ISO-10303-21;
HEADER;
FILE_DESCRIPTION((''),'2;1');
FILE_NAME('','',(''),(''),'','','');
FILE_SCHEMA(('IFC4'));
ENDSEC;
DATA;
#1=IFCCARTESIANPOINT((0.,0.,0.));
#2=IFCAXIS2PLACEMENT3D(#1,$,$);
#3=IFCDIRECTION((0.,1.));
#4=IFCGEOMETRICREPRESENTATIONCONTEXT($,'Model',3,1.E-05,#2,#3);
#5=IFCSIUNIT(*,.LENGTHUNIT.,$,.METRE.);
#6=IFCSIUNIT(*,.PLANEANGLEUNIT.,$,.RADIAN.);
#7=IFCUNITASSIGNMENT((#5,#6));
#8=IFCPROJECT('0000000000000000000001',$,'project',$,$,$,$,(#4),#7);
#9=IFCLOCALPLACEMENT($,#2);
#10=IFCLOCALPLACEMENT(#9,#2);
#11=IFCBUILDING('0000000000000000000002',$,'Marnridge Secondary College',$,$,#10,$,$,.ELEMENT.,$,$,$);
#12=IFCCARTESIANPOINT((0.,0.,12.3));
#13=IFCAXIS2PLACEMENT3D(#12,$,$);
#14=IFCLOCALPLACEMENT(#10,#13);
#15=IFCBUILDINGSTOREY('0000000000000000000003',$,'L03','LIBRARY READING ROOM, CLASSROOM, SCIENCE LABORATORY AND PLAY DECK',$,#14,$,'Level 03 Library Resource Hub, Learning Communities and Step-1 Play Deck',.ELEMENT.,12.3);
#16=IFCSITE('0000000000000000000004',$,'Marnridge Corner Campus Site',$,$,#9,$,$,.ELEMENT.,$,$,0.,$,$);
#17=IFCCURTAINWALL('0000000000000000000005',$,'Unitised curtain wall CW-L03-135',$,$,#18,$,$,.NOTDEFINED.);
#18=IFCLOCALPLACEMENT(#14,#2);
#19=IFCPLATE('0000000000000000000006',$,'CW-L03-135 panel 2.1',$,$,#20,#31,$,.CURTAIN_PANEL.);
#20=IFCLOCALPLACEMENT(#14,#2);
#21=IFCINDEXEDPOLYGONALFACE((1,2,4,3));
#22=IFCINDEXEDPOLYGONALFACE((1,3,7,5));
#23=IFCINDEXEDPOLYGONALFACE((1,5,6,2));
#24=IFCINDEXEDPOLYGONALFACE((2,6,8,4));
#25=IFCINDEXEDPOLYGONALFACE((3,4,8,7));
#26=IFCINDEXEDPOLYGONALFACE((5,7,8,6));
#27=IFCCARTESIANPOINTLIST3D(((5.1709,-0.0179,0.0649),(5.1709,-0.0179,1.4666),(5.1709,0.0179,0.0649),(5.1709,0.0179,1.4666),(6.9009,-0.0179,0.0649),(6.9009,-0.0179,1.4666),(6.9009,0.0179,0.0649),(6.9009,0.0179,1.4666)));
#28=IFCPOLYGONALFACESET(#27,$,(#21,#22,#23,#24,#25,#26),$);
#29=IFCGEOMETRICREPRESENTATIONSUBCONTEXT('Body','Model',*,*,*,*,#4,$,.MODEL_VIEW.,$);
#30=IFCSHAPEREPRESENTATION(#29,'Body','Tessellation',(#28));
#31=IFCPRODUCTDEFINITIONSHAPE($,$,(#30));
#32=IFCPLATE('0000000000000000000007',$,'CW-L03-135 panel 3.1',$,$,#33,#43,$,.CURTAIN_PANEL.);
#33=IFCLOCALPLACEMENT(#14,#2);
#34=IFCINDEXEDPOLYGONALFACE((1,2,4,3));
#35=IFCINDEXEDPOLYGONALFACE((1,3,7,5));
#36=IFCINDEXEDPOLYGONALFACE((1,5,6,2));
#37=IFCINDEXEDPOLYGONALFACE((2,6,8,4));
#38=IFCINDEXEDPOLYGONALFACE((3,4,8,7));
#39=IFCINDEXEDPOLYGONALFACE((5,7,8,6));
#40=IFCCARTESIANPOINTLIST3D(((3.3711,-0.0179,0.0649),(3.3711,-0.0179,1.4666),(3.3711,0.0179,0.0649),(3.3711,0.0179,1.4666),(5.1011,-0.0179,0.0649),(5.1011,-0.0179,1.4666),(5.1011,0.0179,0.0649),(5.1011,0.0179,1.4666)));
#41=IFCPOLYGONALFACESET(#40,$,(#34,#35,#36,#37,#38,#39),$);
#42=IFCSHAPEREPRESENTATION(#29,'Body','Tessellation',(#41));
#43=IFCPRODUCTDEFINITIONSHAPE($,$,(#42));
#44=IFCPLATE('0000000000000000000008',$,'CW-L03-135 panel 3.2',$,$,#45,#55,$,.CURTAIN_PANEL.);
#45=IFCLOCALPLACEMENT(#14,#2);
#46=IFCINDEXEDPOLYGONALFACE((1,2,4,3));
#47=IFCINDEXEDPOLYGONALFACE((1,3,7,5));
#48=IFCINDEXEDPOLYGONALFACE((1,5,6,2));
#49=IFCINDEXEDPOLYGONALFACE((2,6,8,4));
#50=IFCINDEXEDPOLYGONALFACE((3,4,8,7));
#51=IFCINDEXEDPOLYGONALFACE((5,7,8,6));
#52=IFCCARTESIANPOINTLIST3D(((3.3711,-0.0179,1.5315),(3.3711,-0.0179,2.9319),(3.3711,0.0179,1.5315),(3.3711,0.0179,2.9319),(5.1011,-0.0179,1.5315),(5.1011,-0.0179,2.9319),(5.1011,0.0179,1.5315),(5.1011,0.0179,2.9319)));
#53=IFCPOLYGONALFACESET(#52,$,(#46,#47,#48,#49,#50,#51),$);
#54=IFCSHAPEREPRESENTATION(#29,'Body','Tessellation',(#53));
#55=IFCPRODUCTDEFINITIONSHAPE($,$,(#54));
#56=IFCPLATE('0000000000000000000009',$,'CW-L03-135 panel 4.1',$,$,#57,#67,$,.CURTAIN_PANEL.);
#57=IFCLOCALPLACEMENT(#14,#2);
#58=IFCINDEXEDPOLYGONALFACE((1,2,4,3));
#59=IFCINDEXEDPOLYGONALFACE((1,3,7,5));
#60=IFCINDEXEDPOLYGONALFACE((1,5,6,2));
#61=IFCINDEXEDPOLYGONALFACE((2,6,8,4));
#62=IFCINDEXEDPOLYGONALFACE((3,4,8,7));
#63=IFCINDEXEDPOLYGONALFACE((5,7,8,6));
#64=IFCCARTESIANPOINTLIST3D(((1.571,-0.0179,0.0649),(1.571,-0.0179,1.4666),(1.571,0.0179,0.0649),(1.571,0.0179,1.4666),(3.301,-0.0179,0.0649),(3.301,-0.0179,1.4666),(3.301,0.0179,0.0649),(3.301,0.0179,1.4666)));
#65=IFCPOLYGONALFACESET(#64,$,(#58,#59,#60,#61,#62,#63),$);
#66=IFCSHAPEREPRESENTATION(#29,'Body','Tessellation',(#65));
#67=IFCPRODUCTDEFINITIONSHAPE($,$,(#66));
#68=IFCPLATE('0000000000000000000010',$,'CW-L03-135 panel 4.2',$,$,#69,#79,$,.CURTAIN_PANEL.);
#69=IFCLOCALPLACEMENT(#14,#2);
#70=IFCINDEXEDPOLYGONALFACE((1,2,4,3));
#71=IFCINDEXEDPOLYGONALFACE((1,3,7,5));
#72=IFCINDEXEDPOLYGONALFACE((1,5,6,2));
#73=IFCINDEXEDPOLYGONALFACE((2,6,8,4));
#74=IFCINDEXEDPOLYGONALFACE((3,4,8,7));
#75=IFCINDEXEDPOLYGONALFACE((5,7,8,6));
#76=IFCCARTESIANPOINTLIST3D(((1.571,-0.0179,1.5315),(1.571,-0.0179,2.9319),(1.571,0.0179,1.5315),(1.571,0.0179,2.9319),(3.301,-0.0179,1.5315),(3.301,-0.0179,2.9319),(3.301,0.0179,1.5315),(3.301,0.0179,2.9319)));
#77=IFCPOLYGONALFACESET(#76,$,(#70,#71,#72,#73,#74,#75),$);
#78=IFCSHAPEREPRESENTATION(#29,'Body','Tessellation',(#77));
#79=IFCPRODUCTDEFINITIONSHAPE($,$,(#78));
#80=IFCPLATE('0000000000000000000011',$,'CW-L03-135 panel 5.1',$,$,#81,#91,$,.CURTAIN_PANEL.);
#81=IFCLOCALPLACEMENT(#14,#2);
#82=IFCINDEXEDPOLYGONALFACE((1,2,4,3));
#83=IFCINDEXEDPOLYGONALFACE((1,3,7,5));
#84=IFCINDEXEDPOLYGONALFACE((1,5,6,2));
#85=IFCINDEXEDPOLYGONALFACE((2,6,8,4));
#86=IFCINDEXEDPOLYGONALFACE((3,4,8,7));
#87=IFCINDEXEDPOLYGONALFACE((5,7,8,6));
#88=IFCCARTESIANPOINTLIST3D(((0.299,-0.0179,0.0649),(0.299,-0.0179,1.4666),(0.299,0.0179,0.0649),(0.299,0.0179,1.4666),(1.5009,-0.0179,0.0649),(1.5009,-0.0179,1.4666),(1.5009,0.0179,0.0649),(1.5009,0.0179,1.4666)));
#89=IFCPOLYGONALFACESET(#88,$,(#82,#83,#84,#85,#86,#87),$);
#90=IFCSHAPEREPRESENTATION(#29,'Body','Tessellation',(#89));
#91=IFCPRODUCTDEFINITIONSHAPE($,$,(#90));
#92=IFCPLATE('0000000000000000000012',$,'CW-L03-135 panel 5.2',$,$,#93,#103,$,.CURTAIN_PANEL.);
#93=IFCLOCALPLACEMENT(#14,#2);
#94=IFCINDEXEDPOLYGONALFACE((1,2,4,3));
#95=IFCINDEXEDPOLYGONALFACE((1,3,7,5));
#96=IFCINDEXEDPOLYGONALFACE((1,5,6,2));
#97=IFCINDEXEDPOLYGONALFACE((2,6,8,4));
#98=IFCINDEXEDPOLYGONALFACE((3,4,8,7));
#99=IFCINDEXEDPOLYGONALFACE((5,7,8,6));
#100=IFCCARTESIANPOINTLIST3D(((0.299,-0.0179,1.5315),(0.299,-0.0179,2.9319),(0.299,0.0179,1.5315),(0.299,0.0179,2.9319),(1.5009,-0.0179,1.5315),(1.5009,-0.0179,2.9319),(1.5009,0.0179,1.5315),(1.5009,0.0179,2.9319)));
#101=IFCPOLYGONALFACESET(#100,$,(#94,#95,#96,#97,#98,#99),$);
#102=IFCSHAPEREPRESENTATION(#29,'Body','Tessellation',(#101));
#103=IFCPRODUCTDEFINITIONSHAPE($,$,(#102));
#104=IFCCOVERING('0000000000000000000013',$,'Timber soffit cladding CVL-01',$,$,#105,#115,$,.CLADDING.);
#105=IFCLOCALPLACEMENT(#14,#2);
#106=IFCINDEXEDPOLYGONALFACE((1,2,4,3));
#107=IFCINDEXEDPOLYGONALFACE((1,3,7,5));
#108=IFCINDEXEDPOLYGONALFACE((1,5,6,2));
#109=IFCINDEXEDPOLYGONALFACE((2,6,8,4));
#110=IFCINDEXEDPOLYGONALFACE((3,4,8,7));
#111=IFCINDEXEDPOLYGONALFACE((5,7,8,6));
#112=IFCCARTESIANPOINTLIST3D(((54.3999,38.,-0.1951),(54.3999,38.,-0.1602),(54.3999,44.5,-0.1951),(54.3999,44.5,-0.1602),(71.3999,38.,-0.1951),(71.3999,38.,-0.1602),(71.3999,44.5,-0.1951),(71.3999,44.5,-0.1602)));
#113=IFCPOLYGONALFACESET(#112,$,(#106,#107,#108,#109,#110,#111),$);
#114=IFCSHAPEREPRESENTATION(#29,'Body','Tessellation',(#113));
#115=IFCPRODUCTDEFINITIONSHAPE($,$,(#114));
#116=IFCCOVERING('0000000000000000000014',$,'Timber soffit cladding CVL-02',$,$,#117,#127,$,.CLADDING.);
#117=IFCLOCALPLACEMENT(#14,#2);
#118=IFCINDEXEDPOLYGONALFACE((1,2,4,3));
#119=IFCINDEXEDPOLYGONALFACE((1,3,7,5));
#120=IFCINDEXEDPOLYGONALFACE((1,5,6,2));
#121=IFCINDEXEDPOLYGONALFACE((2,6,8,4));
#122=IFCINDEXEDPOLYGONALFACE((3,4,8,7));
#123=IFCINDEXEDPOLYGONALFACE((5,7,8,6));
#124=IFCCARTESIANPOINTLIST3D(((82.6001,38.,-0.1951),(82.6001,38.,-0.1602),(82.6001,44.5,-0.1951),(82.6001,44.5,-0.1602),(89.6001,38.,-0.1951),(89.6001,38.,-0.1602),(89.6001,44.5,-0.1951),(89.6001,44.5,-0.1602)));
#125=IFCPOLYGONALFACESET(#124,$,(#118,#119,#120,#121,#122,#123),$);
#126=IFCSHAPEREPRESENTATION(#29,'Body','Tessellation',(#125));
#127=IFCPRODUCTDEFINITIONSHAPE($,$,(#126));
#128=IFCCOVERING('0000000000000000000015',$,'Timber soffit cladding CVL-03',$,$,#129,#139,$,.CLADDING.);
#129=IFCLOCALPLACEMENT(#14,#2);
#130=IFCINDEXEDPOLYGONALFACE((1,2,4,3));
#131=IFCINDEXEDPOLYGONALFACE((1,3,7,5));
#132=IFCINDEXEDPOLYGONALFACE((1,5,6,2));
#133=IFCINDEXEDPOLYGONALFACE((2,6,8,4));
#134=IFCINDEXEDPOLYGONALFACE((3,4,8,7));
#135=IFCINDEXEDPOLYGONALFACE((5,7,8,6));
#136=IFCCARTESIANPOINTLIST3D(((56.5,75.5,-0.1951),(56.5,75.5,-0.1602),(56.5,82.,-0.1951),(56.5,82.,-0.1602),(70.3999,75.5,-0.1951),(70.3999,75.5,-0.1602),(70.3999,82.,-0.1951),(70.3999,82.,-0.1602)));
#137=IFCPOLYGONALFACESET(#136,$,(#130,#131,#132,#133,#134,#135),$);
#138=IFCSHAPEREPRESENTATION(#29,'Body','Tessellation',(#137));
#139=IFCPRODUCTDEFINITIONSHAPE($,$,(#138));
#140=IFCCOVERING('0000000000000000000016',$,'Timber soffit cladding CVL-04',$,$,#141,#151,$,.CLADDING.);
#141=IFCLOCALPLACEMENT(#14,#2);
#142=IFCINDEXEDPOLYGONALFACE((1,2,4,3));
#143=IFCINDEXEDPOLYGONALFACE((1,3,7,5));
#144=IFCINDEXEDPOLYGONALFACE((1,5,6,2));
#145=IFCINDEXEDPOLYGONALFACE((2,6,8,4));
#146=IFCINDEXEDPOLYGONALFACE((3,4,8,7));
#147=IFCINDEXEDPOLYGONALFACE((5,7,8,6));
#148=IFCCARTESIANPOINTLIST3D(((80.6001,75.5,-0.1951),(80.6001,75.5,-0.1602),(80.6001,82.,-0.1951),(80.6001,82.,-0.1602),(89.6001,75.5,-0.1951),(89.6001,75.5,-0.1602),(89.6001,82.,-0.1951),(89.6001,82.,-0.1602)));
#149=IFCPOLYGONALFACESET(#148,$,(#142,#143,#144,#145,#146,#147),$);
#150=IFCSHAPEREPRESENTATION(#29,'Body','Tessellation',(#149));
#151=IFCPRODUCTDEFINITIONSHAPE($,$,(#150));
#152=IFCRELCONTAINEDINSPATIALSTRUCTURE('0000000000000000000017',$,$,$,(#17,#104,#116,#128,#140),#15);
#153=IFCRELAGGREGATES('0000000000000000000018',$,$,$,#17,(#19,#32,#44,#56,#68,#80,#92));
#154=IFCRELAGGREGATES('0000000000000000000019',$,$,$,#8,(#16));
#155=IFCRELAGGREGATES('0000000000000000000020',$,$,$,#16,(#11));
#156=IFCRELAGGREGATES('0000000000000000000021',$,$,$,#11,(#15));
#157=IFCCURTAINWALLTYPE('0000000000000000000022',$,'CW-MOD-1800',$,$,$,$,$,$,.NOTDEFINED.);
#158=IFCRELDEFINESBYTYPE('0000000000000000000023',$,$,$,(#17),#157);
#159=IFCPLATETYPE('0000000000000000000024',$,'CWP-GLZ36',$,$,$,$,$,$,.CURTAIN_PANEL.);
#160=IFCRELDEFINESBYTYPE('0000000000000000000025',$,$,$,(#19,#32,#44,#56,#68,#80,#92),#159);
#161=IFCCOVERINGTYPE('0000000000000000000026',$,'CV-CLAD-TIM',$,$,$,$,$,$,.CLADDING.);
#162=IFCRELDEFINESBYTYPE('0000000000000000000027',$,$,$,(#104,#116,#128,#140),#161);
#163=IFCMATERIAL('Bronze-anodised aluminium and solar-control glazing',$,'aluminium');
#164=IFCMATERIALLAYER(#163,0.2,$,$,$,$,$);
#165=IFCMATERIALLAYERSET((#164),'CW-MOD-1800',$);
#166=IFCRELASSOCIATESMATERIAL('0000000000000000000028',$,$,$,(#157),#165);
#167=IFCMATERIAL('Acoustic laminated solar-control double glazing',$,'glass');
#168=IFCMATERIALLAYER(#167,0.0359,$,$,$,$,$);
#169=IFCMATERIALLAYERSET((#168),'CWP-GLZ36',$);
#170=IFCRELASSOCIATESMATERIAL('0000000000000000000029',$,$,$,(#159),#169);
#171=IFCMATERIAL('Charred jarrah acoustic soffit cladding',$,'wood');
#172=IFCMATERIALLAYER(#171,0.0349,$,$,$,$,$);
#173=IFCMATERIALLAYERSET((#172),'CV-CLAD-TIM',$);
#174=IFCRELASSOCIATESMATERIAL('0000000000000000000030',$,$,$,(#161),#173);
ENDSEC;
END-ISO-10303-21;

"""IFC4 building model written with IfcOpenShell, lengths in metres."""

from ifc_helpers import new_model, si_unit, direction, frame, origin, origin_2d, place, context, subcontext, project, spatial, polyline, rectangle, outline, extrude, material, layer, layer_set, type_object, element, aggregate, save


model = new_model("IFC4")

# Units and contexts
model_context = context("Model", 3, precision=1e-05, world=origin(), true_north=direction((0.0, 1.0)))
body_context = subcontext(model_context, "Body", "Model", "MODEL_VIEW")
ifc_project = project(units=[si_unit("LENGTHUNIT", "METRE"), si_unit("PLANEANGLEUNIT", "RADIAN")], contexts=[model_context])

# Site, building, storey
site_placement = place(None, origin())
site = spatial("IfcSite", under=ifc_project, at=site_placement, Name="Marnridge Corner Campus Site", CompositionType="ELEMENT", RefElevation=0.0)
building_placement = place(site_placement, origin())
building = spatial("IfcBuilding", under=site, at=building_placement, Name="Marnridge Secondary College", CompositionType="ELEMENT")
storey_placement = place(building_placement, frame((0.0, 0.0, 12.3)))
storey = spatial("IfcBuildingStorey", under=building, at=storey_placement, Name="L03", Description="LIBRARY READING ROOM, CLASSROOM, SCIENCE LABORATORY AND PLAY DECK", LongName="Level 03 Library Resource Hub, Learning Communities and Step-1 Play Deck", CompositionType="ELEMENT", Elevation=12.3)

# Curtain wall, plates
ifc_material_1 = material(Name="Bronze-anodised aluminium and solar-control glazing", Category="aluminium")
ifc_layer_1 = layer(ifc_material_1, 0.2)
ifc_layer_set_1 = layer_set([ifc_layer_1], Name="CW-MOD-1800")
curtain_wall_type = type_object("IfcCurtainWallType", Name="CW-MOD-1800", PredefinedType="NOTDEFINED", material=ifc_layer_set_1)
curtain_wall_placement = place(storey_placement, origin())
curtain_wall = element("IfcCurtainWall", 1, at=curtain_wall_placement, inside=storey, type_object=curtain_wall_type, Name="Unitised curtain wall CW-L03-135", PredefinedType="NOTDEFINED")
ifc_material_2 = material(Name="Acoustic laminated solar-control double glazing", Category="glass")
ifc_layer_2 = layer(ifc_material_2, 0.0359)
ifc_layer_set_2 = layer_set([ifc_layer_2], Name="CWP-GLZ36")
plate_type = type_object("IfcPlateType", Name="CWP-GLZ36", PredefinedType="CURTAIN_PANEL", material=ifc_layer_set_2)
plate_1_placement = place(storey_placement, frame((6.0359, 0.0, 0.0649), z_axis=(0.0, 0.0, 1.0), x_axis=(-1.0, 0.0, 0.0)))
plate_1 = element("IfcPlate", 2, at=plate_1_placement, type_object=plate_type, Name="CW-L03-135 panel 2.1", PredefinedType="CURTAIN_PANEL", context=body_context, shape_type="SweptSolid", body=[
    extrude(rectangle(XDim=1.73, YDim=0.0359, at=origin_2d()), origin(), (0.0, 0.0, 1.0), 1.4016),
])
plate_2_placement = place(storey_placement, frame((4.2361, 0.0, 0.0649), z_axis=(0.0, 0.0, 1.0), x_axis=(-1.0, 0.0, 0.0)))
plate_2 = element("IfcPlate", 3, at=plate_2_placement, type_object=plate_type, Name="CW-L03-135 panel 3.1", PredefinedType="CURTAIN_PANEL", context=body_context, shape_type="SweptSolid", body=[
    extrude(rectangle(XDim=1.73, YDim=0.0359, at=origin_2d()), origin(), (0.0, 0.0, 1.0), 1.4016),
])
plate_3_placement = place(storey_placement, frame((4.2361, 0.0, 1.5315), z_axis=(0.0, 0.0, 1.0), x_axis=(-1.0, 0.0, 0.0)))
plate_3 = element("IfcPlate", 4, at=plate_3_placement, type_object=plate_type, Name="CW-L03-135 panel 3.2", PredefinedType="CURTAIN_PANEL", context=body_context, shape_type="SweptSolid", body=[
    extrude(rectangle(XDim=1.73, YDim=0.0359, at=origin_2d()), origin(), (0.0, 0.0, 1.0), 1.4004),
])
plate_4_placement = place(storey_placement, frame((2.436, 0.0, 0.0649), z_axis=(0.0, 0.0, 1.0), x_axis=(-1.0, 0.0, 0.0)))
plate_4 = element("IfcPlate", 5, at=plate_4_placement, type_object=plate_type, Name="CW-L03-135 panel 4.1", PredefinedType="CURTAIN_PANEL", context=body_context, shape_type="SweptSolid", body=[
    extrude(rectangle(XDim=1.73, YDim=0.0359, at=origin_2d()), origin(), (0.0, 0.0, 1.0), 1.4016),
])
plate_5_placement = place(storey_placement, frame((2.436, 0.0, 1.5315), z_axis=(0.0, 0.0, 1.0), x_axis=(-1.0, 0.0, 0.0)))
plate_5 = element("IfcPlate", 6, at=plate_5_placement, type_object=plate_type, Name="CW-L03-135 panel 4.2", PredefinedType="CURTAIN_PANEL", context=body_context, shape_type="SweptSolid", body=[
    extrude(rectangle(XDim=1.73, YDim=0.0359, at=origin_2d()), origin(), (0.0, 0.0, 1.0), 1.4004),
])
plate_6_placement = place(storey_placement, frame((0.8999, 0.0, 0.0649), z_axis=(0.0, 0.0, 1.0), x_axis=(-1.0, 0.0, 0.0)))
plate_6 = element("IfcPlate", 7, at=plate_6_placement, type_object=plate_type, Name="CW-L03-135 panel 5.1", PredefinedType="CURTAIN_PANEL", context=body_context, shape_type="SweptSolid", body=[
    extrude(rectangle(XDim=1.2019, YDim=0.0359, at=origin_2d()), origin(), (0.0, 0.0, 1.0), 1.4016),
])
plate_7_placement = place(storey_placement, frame((0.8999, 0.0, 1.5315), z_axis=(0.0, 0.0, 1.0), x_axis=(-1.0, 0.0, 0.0)))
plate_7 = element("IfcPlate", 8, at=plate_7_placement, type_object=plate_type, Name="CW-L03-135 panel 5.2", PredefinedType="CURTAIN_PANEL", context=body_context, shape_type="SweptSolid", body=[
    extrude(rectangle(XDim=1.2019, YDim=0.0359, at=origin_2d()), origin(), (0.0, 0.0, 1.0), 1.4004),
])
aggregate(curtain_wall, [plate_1, plate_2, plate_3, plate_4, plate_5, plate_6, plate_7])

# Coverings
ifc_material_3 = material(Name="Charred jarrah acoustic soffit cladding", Category="wood")
ifc_layer_3 = layer(ifc_material_3, 0.0349)
ifc_layer_set_3 = layer_set([ifc_layer_3], Name="CV-CLAD-TIM")
covering_type = type_object("IfcCoveringType", Name="CV-CLAD-TIM", PredefinedType="CLADDING", material=ifc_layer_set_3)
covering_1_placement = place(storey_placement, frame((0.0, 0.0, -0.1951)))
element("IfcCovering", 9, at=covering_1_placement, inside=storey, type_object=covering_type, Name="Timber soffit cladding CVL-01", PredefinedType="CLADDING", context=body_context, shape_type="SweptSolid", body=[
    extrude(outline(polyline([(54.3999, 38.0), (71.3999, 38.0), (71.3999, 44.5), (54.3999, 44.5), (54.3999, 38.0)])), origin(), (0.0, 0.0, 1.0), 0.0349),
])
covering_2_placement = place(storey_placement, frame((0.0, 0.0, -0.1951)))
element("IfcCovering", 10, at=covering_2_placement, inside=storey, type_object=covering_type, Name="Timber soffit cladding CVL-02", PredefinedType="CLADDING", context=body_context, shape_type="SweptSolid", body=[
    extrude(outline(polyline([(82.6001, 38.0), (89.6001, 38.0), (89.6001, 44.5), (82.6001, 44.5), (82.6001, 38.0)])), origin(), (0.0, 0.0, 1.0), 0.0349),
])
covering_3_placement = place(storey_placement, frame((0.0, 0.0, -0.1951)))
element("IfcCovering", 11, at=covering_3_placement, inside=storey, type_object=covering_type, Name="Timber soffit cladding CVL-03", PredefinedType="CLADDING", context=body_context, shape_type="SweptSolid", body=[
    extrude(outline(polyline([(56.5, 75.5), (70.3999, 75.5), (70.3999, 82.0), (56.5, 82.0), (56.5, 75.5)])), origin(), (0.0, 0.0, 1.0), 0.0349),
])
covering_4_placement = place(storey_placement, frame((0.0, 0.0, -0.1951)))
element("IfcCovering", 12, at=covering_4_placement, inside=storey, type_object=covering_type, Name="Timber soffit cladding CVL-04", PredefinedType="CLADDING", context=body_context, shape_type="SweptSolid", body=[
    extrude(outline(polyline([(80.6001, 75.5), (89.6001, 75.5), (89.6001, 82.0), (80.6001, 82.0), (80.6001, 75.5)])), origin(), (0.0, 0.0, 1.0), 0.0349),
])

save(model, "model.ifc")
